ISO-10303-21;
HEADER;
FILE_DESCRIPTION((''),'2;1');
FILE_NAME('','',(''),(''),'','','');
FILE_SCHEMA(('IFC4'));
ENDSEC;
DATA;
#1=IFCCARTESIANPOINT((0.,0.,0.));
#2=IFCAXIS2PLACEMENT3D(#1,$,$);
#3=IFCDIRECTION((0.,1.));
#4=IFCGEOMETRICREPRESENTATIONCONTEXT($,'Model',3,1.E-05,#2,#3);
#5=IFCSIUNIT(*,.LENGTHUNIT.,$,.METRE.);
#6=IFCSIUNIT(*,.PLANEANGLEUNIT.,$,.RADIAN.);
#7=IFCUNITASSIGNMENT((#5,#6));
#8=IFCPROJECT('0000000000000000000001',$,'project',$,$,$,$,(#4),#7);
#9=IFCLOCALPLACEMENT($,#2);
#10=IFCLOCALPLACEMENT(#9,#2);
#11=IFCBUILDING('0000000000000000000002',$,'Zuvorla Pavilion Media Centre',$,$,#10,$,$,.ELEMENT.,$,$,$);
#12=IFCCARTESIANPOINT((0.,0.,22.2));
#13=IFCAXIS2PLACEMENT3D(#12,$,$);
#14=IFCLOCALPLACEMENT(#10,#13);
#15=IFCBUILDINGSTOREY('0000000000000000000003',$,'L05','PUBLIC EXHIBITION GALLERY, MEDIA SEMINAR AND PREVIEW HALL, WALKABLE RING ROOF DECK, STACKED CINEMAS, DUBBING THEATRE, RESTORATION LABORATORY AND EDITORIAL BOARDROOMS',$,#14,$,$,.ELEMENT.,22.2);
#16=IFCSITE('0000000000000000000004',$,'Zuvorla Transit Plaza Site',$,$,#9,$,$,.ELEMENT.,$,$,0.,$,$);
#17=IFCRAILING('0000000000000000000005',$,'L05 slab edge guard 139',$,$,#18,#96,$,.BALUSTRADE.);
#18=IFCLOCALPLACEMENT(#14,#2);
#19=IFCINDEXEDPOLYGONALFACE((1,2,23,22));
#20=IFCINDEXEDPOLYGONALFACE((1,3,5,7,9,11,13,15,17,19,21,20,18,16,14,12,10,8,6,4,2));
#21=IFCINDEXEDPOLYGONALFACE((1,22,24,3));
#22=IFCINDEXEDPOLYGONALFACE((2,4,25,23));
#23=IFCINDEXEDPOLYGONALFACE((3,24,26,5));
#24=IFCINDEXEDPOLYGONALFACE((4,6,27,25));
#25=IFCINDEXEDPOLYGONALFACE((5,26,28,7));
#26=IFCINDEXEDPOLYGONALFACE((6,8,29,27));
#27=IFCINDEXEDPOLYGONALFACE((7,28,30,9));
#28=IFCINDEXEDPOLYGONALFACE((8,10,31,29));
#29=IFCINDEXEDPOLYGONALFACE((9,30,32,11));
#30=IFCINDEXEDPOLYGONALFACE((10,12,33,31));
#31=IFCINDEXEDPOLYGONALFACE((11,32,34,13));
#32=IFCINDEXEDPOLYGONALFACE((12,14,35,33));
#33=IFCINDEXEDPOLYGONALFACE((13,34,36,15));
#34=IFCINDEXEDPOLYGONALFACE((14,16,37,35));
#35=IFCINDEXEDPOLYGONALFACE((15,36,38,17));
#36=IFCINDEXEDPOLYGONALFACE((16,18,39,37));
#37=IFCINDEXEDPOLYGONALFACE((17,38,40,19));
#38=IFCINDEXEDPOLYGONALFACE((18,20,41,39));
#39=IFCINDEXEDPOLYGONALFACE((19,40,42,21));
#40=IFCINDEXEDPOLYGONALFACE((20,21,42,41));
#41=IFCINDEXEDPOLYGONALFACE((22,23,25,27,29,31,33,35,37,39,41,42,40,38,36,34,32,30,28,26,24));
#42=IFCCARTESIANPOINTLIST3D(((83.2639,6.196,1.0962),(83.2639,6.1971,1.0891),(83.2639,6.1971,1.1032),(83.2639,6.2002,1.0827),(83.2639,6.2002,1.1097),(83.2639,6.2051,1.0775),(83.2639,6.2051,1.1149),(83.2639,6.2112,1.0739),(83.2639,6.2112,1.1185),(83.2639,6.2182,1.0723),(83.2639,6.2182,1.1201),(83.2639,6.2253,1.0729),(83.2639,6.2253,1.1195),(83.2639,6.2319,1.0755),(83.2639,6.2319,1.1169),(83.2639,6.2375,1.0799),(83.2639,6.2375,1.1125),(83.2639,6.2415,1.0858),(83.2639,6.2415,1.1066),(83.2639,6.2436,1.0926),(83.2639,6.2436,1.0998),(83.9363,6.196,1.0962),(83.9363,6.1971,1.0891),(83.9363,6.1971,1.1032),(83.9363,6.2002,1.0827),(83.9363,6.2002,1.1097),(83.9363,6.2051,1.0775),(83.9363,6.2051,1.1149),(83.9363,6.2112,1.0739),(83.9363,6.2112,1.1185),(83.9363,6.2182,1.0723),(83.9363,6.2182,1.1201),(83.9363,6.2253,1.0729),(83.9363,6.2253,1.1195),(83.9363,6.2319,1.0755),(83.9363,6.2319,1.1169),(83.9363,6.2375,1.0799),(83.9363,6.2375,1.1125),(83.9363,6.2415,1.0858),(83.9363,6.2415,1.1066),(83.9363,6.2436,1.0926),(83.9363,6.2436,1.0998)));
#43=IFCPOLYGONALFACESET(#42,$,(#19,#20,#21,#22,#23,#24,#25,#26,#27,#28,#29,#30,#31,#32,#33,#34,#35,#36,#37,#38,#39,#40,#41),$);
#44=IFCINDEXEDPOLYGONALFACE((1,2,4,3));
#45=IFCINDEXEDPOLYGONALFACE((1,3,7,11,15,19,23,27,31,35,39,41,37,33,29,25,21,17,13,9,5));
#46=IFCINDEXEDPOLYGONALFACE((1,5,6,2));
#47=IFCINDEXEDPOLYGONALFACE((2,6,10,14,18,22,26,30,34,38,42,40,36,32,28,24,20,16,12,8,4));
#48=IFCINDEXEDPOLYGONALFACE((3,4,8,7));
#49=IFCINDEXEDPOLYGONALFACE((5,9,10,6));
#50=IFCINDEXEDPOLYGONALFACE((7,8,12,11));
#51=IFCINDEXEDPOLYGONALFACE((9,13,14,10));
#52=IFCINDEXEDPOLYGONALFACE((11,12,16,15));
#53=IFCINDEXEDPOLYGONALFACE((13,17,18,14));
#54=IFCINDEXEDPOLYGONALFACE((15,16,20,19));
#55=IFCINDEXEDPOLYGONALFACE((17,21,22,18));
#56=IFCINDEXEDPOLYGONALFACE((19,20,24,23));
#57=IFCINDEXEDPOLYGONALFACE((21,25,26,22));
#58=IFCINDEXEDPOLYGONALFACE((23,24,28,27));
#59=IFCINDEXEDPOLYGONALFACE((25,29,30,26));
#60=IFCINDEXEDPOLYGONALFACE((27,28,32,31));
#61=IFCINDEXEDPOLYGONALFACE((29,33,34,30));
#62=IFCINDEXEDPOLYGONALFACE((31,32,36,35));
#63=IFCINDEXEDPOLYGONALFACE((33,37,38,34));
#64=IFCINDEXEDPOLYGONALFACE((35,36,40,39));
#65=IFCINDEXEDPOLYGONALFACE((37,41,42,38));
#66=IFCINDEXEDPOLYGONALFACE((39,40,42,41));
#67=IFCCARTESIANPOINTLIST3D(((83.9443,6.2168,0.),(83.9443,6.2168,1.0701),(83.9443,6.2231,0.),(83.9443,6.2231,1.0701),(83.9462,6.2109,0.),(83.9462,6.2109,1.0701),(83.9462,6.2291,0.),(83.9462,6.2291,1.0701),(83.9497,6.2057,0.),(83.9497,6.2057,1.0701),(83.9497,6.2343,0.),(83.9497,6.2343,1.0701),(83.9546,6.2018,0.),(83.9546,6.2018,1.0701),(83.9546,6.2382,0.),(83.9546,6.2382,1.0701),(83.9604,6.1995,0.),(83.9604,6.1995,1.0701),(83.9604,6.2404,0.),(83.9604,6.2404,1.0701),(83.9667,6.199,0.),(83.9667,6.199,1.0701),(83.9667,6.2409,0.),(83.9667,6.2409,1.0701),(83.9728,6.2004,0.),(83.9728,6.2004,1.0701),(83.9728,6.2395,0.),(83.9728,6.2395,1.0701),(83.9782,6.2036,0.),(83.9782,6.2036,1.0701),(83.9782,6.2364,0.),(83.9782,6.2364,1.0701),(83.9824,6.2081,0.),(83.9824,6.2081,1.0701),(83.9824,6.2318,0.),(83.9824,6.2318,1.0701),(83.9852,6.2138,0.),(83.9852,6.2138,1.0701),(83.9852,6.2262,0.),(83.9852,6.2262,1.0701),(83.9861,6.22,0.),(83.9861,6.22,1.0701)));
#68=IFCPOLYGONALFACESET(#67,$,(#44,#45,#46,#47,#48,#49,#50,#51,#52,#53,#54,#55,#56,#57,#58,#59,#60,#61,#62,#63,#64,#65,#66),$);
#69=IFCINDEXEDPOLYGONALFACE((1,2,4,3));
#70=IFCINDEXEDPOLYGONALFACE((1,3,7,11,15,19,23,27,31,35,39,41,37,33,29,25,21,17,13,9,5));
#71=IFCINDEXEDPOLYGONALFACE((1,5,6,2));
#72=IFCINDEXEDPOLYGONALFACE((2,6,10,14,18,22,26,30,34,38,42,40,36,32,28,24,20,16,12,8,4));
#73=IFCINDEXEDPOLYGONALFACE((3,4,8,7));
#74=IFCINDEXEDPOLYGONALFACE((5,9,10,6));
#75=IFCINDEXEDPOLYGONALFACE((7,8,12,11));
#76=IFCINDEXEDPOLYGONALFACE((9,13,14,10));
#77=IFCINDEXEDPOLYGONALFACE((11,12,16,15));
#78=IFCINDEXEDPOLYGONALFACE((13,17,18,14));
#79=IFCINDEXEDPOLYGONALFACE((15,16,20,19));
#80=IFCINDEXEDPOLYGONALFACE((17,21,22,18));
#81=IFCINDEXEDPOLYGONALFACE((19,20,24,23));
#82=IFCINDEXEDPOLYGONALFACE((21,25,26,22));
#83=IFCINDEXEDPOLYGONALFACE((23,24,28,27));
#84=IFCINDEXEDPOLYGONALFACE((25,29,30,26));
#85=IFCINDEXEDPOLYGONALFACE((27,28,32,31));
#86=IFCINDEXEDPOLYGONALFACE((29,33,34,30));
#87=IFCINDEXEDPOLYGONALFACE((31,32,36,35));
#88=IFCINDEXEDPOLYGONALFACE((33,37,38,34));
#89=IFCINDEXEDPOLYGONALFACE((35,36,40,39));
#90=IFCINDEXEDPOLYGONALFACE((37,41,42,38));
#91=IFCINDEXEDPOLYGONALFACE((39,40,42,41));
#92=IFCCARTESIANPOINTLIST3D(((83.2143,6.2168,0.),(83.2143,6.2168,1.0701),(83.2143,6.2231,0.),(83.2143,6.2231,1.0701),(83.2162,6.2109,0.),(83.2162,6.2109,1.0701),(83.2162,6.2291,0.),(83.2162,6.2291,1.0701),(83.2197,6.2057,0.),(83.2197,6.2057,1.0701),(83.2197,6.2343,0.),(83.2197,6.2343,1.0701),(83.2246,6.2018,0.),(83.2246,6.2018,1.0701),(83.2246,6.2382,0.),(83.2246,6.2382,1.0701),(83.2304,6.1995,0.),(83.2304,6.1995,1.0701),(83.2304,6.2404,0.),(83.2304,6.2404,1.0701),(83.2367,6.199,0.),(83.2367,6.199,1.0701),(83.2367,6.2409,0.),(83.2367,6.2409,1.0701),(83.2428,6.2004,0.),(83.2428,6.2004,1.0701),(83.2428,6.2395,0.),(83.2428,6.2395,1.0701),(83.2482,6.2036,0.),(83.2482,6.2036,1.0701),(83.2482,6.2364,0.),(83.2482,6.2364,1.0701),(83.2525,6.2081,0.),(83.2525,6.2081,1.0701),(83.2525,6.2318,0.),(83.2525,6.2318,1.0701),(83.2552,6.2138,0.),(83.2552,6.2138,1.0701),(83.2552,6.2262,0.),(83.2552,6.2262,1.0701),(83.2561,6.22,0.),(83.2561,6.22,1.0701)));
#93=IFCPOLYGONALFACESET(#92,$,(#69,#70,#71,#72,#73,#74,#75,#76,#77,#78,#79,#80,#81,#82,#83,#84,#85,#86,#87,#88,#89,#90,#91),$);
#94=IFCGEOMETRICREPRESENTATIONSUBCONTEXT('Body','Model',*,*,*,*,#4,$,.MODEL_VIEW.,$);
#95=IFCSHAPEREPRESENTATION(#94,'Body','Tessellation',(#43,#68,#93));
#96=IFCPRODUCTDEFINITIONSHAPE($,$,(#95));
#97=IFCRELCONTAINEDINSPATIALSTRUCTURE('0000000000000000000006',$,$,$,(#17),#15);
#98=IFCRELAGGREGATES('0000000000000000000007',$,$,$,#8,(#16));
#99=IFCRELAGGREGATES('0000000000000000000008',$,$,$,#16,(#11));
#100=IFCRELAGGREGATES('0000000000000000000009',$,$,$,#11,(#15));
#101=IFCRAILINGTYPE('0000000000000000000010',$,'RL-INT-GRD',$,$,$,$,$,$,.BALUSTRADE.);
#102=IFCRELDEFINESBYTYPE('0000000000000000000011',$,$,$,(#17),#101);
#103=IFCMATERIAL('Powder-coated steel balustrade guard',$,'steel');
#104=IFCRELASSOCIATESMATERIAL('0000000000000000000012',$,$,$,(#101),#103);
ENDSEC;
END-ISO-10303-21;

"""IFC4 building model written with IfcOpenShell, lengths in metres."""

from ifc_helpers import new_model, si_unit, direction, frame, origin, origin_2d, place, context, subcontext, project, spatial, circle, extrude, material, type_object, element, save


model = new_model("IFC4")

# Units and contexts
model_context = context("Model", 3, precision=1e-05, world=origin(), true_north=direction((0.0, 1.0)))
body_context = subcontext(model_context, "Body", "Model", "MODEL_VIEW")
ifc_project = project(units=[si_unit("LENGTHUNIT", "METRE"), si_unit("PLANEANGLEUNIT", "RADIAN")], contexts=[model_context])

# Site, building, storey
site_placement = place(None, origin())
site = spatial("IfcSite", under=ifc_project, at=site_placement, Name="Zuvorla Transit Plaza Site", CompositionType="ELEMENT", RefElevation=0.0)
building_placement = place(site_placement, origin())
building = spatial("IfcBuilding", under=site, at=building_placement, Name="Zuvorla Pavilion Media Centre", CompositionType="ELEMENT")
storey_placement = place(building_placement, frame((0.0, 0.0, 22.2)))
storey = spatial("IfcBuildingStorey", under=building, at=storey_placement, Name="L05", Description="PUBLIC EXHIBITION GALLERY, MEDIA SEMINAR AND PREVIEW HALL, WALKABLE RING ROOF DECK, STACKED CINEMAS, DUBBING THEATRE, RESTORATION LABORATORY AND EDITORIAL BOARDROOMS", CompositionType="ELEMENT", Elevation=22.2)

# Railing
ifc_material_1 = material(Name="Powder-coated steel balustrade guard", Category="steel")
railing_type_1 = type_object("IfcRailingType", Name="RL-INT-GRD", PredefinedType="BALUSTRADE", material=ifc_material_1)
for number, where, name in (
    (1, (83.9651, 6.22, 0.0), "L05 slab edge guard 139"),
):
    element("IfcRailing", number, at=place(storey_placement, frame(where)), inside=storey, type_object=railing_type_1, Name=name, PredefinedType="BALUSTRADE", context=body_context, shape_type="SweptSolid", body=[
        extrude(circle(Radius=0.0239, at=origin_2d()), frame((-0.0288, 0.0, 1.0962), z_axis=(-1.0, 0.0, 0.0), x_axis=(0.0, -1.0, 0.0)), (0.0, 0.0, 1.0), 0.6724),
        extrude(circle(Radius=0.021, at=origin_2d()), origin(), (0.0, 0.0, 1.0), 1.0701),
        extrude(circle(Radius=0.021, at=origin_2d()), frame((-0.73, 0.0, 0.0)), (0.0, 0.0, 1.0), 1.0701),
    ])

save(model, "model.ifc")
